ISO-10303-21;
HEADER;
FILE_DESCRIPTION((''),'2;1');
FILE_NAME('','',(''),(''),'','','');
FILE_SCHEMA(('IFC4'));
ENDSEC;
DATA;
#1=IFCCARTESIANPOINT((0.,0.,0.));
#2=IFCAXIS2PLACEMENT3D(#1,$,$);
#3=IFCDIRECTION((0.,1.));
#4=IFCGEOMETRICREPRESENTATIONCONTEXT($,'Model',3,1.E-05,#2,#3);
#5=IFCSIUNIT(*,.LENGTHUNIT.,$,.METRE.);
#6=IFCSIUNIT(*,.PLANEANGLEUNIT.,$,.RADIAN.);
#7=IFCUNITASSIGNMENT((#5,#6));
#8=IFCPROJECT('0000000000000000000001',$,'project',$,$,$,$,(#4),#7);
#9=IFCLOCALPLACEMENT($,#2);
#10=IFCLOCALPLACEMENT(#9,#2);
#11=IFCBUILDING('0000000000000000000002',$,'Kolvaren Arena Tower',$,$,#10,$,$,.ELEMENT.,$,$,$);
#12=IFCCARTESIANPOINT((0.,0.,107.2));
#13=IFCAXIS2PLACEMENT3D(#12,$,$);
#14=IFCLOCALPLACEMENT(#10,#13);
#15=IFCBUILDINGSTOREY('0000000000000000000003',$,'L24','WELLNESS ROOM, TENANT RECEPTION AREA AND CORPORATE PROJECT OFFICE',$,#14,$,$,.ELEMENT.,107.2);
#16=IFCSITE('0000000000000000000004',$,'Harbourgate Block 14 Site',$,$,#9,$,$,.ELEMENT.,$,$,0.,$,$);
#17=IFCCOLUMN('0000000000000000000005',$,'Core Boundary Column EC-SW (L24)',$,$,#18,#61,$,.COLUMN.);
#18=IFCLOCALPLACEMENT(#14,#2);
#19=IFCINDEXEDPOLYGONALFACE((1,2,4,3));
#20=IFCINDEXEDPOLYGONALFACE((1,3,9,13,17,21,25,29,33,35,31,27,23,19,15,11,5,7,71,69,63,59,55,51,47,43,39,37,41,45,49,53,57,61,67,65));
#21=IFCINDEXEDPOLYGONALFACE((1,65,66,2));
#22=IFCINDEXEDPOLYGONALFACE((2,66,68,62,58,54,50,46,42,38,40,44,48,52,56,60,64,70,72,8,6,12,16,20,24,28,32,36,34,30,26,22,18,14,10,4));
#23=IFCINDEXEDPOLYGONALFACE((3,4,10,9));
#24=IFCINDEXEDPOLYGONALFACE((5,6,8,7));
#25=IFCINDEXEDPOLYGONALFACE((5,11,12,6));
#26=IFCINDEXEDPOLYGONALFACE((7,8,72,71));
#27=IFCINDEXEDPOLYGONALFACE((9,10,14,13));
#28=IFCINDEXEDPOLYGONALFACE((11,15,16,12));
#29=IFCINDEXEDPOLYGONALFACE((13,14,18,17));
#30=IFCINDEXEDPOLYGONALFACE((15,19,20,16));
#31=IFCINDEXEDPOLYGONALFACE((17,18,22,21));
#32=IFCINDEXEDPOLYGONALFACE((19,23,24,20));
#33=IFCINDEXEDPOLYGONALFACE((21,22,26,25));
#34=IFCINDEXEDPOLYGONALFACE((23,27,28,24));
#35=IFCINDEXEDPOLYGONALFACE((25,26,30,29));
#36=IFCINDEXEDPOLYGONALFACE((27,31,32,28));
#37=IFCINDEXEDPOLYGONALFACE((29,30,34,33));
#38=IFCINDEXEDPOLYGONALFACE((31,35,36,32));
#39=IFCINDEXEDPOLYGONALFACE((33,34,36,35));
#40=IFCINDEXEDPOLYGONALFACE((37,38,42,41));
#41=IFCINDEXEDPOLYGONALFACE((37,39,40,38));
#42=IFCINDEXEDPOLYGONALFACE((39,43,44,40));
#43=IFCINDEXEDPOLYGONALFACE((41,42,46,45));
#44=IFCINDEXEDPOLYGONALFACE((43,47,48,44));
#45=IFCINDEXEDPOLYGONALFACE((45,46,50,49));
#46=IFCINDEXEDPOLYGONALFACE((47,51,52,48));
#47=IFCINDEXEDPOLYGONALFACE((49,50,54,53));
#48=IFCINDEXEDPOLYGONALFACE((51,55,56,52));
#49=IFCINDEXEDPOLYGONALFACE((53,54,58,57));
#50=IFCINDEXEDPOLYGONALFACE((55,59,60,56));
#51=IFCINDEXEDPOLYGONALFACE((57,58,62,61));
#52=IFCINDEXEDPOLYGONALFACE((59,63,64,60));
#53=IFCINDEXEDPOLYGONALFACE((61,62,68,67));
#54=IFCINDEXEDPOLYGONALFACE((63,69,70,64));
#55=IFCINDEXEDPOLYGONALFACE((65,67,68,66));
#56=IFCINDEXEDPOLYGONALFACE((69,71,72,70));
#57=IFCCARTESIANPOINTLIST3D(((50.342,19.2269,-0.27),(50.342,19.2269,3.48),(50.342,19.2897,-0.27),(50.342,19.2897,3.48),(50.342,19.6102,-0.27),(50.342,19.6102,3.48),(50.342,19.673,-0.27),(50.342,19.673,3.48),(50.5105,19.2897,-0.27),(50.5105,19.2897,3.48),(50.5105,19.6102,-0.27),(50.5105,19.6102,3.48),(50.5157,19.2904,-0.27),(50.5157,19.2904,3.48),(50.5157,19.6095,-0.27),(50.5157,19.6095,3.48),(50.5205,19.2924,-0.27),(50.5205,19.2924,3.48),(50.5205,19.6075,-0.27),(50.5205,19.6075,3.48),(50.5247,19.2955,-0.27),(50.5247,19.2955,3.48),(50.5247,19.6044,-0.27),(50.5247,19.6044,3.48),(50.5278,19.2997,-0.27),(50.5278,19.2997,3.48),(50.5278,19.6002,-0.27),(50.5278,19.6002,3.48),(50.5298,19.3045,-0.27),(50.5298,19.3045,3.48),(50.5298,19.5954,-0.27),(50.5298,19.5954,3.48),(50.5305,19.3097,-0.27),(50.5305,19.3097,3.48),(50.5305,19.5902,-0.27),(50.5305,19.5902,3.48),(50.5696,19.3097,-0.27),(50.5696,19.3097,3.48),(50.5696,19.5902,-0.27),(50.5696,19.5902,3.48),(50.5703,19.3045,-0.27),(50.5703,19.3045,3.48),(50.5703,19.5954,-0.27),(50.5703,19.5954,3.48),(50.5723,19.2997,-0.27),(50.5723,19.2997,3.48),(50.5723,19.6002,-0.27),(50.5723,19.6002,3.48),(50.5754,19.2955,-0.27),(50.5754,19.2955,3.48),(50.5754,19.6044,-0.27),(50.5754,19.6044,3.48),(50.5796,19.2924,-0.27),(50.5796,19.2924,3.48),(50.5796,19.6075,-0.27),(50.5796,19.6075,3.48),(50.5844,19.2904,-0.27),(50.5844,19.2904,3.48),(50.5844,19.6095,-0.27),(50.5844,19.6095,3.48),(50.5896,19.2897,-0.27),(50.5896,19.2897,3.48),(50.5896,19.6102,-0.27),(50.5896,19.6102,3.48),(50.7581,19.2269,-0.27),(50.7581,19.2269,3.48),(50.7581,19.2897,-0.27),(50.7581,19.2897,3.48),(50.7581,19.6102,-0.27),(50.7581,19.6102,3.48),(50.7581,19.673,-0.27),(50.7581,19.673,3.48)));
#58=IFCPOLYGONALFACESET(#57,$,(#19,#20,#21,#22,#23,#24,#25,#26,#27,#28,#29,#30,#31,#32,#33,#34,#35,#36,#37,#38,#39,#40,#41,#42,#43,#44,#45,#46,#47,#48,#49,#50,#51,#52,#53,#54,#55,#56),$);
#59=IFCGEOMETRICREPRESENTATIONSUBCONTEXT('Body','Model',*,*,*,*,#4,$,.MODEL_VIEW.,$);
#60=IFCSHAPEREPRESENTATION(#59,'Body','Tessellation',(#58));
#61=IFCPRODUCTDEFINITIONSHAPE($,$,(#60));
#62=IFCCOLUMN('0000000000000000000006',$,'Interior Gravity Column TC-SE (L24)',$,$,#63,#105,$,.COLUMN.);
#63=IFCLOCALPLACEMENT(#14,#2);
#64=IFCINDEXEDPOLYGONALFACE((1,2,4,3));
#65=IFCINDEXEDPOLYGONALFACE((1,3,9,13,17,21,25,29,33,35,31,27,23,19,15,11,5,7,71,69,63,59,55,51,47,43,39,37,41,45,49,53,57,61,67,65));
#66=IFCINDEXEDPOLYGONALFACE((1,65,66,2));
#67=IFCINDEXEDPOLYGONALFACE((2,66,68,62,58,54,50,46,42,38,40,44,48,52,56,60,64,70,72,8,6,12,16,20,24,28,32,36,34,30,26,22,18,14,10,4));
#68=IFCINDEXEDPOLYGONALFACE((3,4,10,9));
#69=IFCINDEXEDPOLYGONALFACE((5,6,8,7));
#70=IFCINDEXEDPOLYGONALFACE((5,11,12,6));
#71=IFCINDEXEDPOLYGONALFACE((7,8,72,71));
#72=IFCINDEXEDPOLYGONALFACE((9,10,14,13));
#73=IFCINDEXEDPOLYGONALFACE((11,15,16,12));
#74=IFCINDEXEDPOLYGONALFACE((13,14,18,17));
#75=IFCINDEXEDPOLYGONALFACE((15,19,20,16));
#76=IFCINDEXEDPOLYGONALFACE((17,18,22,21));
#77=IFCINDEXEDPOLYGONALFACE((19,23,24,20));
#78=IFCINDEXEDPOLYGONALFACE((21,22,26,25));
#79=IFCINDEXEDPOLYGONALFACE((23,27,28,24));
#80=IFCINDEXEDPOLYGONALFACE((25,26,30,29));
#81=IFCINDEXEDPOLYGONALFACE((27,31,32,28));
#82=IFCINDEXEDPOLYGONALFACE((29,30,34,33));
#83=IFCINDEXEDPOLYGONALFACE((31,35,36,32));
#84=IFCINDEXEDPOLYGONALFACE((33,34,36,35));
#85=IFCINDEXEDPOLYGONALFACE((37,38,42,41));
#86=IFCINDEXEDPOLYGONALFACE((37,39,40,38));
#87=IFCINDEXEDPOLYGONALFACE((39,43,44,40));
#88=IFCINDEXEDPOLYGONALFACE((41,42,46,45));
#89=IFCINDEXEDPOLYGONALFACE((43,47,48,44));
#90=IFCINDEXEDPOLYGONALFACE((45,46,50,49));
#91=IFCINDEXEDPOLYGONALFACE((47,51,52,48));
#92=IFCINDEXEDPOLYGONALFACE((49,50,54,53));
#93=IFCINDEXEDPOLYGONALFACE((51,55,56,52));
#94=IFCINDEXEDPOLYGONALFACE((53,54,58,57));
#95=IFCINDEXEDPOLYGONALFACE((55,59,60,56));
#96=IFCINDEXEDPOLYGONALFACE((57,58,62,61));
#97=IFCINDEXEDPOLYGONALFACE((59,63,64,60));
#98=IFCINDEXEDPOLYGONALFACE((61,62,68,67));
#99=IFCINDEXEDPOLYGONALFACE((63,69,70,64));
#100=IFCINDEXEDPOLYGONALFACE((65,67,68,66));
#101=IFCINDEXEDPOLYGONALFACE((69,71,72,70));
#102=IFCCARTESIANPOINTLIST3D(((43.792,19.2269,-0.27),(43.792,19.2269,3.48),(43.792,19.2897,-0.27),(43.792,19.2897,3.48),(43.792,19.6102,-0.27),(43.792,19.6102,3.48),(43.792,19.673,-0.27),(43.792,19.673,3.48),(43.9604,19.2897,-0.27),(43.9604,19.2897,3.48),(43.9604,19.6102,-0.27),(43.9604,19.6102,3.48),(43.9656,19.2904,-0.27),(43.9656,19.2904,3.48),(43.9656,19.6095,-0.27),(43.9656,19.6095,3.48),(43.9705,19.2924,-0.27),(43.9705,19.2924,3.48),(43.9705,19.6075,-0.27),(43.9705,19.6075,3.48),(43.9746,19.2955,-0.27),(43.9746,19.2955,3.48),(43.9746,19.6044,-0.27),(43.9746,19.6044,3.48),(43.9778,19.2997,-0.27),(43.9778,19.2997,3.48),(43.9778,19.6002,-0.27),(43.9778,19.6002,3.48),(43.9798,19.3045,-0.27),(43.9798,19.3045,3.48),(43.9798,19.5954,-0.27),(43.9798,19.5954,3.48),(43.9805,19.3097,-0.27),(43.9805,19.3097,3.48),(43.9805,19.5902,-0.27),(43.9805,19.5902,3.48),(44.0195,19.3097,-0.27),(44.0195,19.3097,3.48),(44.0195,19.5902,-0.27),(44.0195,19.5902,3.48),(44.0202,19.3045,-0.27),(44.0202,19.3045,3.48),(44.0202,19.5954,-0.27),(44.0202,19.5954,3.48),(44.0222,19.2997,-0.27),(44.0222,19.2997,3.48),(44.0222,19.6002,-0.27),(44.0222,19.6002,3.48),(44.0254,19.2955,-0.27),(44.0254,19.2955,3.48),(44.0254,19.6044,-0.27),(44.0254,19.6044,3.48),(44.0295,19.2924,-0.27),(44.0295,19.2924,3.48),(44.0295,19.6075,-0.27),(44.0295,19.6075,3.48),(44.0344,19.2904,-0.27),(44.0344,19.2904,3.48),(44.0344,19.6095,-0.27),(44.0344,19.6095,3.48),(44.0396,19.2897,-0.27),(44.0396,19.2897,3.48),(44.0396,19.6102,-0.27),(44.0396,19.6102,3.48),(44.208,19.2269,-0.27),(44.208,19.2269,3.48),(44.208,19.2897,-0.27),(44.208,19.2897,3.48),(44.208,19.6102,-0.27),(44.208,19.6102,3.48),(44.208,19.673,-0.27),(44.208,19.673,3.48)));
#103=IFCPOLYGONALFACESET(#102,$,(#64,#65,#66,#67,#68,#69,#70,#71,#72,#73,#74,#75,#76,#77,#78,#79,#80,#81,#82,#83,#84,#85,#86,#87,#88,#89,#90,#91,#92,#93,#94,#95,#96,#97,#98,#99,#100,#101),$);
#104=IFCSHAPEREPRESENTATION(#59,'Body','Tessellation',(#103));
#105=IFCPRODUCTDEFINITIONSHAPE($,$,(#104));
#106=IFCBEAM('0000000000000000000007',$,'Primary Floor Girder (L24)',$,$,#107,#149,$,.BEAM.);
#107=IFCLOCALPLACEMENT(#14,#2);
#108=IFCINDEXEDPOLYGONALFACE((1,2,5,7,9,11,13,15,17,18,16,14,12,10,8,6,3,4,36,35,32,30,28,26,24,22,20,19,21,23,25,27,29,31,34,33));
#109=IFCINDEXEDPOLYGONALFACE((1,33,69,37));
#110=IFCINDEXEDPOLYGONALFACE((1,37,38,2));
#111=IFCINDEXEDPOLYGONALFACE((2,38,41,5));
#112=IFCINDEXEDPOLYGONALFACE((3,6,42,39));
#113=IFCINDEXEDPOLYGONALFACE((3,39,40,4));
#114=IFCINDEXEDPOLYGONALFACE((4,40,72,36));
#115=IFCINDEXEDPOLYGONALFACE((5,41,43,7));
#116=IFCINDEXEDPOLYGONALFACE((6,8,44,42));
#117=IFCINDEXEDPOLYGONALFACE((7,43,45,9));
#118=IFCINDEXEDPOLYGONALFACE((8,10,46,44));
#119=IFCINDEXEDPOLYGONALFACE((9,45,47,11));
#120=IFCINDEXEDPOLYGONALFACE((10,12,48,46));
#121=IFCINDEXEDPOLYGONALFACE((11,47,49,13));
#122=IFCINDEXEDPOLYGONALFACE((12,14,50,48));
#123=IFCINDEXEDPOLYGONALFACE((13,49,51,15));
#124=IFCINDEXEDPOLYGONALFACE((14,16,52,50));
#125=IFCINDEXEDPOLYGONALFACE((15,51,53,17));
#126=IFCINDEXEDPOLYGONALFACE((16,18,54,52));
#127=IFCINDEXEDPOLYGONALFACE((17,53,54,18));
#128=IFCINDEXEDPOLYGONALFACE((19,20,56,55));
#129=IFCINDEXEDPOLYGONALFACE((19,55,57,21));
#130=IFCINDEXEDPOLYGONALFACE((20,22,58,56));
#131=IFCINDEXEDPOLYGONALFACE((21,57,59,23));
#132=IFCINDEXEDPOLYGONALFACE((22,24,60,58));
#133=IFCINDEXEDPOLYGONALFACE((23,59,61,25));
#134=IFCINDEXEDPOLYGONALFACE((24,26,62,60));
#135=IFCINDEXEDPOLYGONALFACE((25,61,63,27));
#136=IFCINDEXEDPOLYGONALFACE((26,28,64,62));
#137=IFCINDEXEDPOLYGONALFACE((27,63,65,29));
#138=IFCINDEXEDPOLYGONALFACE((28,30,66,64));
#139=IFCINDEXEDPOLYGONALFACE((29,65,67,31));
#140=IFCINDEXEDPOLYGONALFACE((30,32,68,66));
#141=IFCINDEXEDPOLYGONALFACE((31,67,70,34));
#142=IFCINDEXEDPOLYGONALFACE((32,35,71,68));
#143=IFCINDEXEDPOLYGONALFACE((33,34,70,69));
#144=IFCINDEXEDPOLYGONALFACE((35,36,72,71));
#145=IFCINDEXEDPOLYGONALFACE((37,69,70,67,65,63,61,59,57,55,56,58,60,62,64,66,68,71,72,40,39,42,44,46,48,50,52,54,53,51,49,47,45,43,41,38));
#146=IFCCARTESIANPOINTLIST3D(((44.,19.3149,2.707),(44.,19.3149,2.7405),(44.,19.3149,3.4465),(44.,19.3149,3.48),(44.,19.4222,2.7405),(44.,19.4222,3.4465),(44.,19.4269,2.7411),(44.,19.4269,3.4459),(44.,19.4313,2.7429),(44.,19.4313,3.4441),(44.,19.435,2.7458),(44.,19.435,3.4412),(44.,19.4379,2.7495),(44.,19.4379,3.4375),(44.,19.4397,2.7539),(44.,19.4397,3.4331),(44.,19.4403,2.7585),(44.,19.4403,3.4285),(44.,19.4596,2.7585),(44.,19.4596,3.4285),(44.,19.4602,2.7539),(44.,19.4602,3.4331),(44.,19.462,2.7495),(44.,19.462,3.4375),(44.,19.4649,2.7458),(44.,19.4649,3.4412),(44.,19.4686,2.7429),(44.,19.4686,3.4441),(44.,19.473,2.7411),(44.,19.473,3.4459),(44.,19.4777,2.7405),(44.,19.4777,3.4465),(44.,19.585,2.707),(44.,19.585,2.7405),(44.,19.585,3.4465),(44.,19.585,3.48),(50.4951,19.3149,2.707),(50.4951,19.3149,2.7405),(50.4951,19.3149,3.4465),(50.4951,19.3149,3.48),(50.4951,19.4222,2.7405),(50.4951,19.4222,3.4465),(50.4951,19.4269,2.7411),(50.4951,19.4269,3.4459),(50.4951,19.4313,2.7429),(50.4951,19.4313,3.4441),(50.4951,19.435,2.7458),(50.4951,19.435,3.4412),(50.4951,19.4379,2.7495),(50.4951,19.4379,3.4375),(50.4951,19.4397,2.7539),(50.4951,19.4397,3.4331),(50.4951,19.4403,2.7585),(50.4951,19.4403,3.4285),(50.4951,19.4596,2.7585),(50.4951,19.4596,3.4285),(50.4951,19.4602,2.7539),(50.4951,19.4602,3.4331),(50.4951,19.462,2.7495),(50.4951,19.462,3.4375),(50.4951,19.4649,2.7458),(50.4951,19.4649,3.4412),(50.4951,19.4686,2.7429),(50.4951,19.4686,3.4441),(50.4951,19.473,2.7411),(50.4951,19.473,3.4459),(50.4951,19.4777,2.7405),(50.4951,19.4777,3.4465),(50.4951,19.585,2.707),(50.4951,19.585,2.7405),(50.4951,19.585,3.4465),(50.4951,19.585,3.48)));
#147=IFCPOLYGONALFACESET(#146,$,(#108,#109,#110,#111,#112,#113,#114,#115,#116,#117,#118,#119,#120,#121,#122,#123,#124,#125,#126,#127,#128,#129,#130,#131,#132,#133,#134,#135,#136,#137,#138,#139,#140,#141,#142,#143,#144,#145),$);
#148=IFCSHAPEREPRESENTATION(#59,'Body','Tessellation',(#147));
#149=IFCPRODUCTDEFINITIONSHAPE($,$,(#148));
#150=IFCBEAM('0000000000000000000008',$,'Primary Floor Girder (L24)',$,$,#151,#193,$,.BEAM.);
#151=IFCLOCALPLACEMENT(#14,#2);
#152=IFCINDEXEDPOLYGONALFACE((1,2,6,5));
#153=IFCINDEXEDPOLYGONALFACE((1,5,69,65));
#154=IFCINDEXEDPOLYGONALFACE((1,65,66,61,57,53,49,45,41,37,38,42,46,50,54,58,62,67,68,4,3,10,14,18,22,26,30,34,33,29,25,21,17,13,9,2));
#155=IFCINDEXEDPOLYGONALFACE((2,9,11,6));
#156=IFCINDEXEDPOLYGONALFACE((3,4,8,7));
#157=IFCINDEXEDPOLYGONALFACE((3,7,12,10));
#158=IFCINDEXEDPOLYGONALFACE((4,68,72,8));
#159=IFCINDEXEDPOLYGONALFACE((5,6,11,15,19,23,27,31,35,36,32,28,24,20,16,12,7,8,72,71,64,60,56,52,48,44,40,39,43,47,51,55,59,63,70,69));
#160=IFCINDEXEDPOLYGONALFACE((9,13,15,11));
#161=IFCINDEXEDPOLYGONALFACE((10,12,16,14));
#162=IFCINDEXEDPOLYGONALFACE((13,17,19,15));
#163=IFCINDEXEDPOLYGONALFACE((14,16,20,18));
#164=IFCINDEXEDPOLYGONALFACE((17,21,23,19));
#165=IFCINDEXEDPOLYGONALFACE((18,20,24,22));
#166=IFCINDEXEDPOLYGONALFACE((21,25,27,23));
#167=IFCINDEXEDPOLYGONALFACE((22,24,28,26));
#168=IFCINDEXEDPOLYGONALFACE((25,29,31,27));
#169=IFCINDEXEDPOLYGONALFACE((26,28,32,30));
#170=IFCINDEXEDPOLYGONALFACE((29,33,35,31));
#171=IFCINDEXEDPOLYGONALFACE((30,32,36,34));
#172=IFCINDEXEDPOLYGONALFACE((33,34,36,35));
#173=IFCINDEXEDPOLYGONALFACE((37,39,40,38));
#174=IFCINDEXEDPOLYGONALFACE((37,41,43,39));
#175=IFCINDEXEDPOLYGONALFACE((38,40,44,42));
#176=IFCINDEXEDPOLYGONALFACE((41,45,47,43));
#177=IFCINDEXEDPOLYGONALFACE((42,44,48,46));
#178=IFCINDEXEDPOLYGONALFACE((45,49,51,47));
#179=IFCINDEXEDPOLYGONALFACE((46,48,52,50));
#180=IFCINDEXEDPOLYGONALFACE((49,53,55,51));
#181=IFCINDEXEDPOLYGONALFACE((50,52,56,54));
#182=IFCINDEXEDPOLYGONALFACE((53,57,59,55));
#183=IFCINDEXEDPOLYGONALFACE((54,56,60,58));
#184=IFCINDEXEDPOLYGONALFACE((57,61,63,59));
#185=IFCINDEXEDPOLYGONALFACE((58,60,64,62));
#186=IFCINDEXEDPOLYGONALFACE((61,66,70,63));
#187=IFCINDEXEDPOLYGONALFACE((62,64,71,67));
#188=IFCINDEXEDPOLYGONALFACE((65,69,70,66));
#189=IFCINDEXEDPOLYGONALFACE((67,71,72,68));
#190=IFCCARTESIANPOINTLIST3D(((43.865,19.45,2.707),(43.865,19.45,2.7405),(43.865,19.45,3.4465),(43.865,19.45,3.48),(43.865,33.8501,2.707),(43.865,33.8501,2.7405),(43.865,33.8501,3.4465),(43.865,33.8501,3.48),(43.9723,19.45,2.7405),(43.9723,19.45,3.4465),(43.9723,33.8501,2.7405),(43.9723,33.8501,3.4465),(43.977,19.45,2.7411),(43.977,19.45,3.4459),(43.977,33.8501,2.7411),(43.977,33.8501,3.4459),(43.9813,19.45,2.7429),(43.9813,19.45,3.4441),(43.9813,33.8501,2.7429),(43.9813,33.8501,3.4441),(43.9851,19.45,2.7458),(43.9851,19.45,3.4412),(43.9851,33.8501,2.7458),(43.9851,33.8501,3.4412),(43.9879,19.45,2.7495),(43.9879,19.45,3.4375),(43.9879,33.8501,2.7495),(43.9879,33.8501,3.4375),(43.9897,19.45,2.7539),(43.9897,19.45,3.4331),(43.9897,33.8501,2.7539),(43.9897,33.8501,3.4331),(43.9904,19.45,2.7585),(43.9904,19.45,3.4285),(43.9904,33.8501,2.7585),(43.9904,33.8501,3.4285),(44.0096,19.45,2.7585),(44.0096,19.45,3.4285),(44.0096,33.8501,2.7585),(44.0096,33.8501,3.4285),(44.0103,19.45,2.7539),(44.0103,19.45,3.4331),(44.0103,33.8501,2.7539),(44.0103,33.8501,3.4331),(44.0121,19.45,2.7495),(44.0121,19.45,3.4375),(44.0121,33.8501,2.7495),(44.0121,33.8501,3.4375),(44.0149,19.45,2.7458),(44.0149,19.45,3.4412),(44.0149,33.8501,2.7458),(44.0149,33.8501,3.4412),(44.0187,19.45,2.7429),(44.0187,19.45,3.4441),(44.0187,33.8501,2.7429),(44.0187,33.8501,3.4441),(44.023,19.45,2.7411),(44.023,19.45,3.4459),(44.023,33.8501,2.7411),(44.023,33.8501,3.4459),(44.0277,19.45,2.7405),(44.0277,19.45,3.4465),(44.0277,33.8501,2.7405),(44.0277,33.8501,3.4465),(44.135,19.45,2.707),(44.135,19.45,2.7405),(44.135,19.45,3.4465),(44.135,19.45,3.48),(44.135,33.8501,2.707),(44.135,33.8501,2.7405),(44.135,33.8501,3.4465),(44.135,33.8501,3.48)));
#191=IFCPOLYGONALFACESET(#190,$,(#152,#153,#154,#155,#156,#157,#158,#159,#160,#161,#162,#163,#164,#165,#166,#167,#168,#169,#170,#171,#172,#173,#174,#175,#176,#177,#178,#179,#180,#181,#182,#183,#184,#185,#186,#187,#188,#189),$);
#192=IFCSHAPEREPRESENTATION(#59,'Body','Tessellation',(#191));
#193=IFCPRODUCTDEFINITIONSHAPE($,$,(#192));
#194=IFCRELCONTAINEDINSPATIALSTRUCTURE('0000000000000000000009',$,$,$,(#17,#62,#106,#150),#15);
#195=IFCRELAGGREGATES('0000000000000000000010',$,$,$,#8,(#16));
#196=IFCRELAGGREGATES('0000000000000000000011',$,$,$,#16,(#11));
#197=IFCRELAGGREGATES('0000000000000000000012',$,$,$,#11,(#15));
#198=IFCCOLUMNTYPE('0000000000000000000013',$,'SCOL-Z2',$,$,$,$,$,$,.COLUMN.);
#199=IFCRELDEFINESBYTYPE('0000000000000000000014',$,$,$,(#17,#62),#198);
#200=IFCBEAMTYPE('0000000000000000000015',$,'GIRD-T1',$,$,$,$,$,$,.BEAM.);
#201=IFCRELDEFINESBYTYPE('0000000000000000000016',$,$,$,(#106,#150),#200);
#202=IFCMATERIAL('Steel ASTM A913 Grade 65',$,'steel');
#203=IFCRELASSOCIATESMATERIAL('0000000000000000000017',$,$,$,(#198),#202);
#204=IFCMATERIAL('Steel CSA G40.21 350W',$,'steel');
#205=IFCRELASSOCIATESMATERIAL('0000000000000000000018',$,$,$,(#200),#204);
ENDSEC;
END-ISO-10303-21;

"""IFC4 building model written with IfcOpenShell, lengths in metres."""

from ifc_helpers import new_model, si_unit, direction, frame, origin, origin_2d, place, context, subcontext, project, spatial, i_section, extrude, material, material_profile, profile_set, type_object, element, save


model = new_model("IFC4")

# Units and contexts
model_context = context("Model", 3, precision=1e-05, world=origin(), true_north=direction((0.0, 1.0)))
body_context = subcontext(model_context, "Body", "Model", "MODEL_VIEW")
ifc_project = project(units=[si_unit("LENGTHUNIT", "METRE"), si_unit("PLANEANGLEUNIT", "RADIAN")], contexts=[model_context])

# Site, building, storey
site_placement = place(None, origin())
site = spatial("IfcSite", under=ifc_project, at=site_placement, Name="Harbourgate Block 14 Site", CompositionType="ELEMENT", RefElevation=0.0)
building_placement = place(site_placement, origin())
building = spatial("IfcBuilding", under=site, at=building_placement, Name="Kolvaren Arena Tower", CompositionType="ELEMENT")
storey_placement = place(building_placement, frame((0.0, 0.0, 107.2)))
storey = spatial("IfcBuildingStorey", under=building, at=storey_placement, Name="L24", Description="WELLNESS ROOM, TENANT RECEPTION AREA AND CORPORATE PROJECT OFFICE", CompositionType="ELEMENT", Elevation=107.2)

# Columns
ifc_material_1 = material(Name="Steel ASTM A913 Grade 65", Category="steel")
ifc_material_profile_1 = material_profile(ifc_material_1, i_section(OverallWidth=0.416, OverallDepth=0.446, WebThickness=0.0391, FlangeThickness=0.0627, FilletRadius=0.02, at=origin_2d()), Name="W360x509")
ifc_profile_set_1 = profile_set([ifc_material_profile_1], Name="Steel ASTM A913 Grade 65")
column_type = type_object("IfcColumnType", Name="SCOL-Z2", PredefinedType="COLUMN", material=ifc_profile_set_1)
for number, where, z_axis, x_axis, name in (
    (1, (50.55, 19.45, -0.27), (0.0, 0.0, 1.0), (1.0, 0.0, 0.0), "Core Boundary Column EC-SW (L24)"),
    (2, (44.0, 19.45, -0.27), (0.0, 0.0, 1.0), (1.0, 0.0, 0.0), "Interior Gravity Column TC-SE (L24)"),
):
    element("IfcColumn", number, at=place(storey_placement, frame(where, z_axis=z_axis, x_axis=x_axis)), inside=storey, type_object=column_type, Name=name, PredefinedType="COLUMN", context=body_context, shape_type="SweptSolid", body=[
        extrude(i_section(OverallWidth=0.416, OverallDepth=0.446, WebThickness=0.0391, FlangeThickness=0.0627, FilletRadius=0.02, at=origin_2d()), origin(), (0.0, 0.0, 1.0), 3.75),
    ])

# Beams
ifc_material_2 = material(Name="Steel CSA G40.21 350W", Category="steel")
ifc_material_profile_2 = material_profile(ifc_material_2, i_section(OverallWidth=0.27, OverallDepth=0.7729, WebThickness=0.0193, FlangeThickness=0.0334, FilletRadius=0.0181, at=origin_2d()), Name="W760x257")
ifc_profile_set_2 = profile_set([ifc_material_profile_2], Name="Steel CSA G40.21 350W")
beam_type_1 = type_object("IfcBeamType", Name="GIRD-T1", PredefinedType="BEAM", material=ifc_profile_set_2)
beam_1_placement = place(storey_placement, frame((44.0, 19.45, 3.0935), z_axis=(1.0, 0.0, 0.0), x_axis=(0.0, 1.0, 0.0)))
element("IfcBeam", 3, at=beam_1_placement, inside=storey, type_object=beam_type_1, Name="Primary Floor Girder (L24)", PredefinedType="BEAM", context=body_context, shape_type="SweptSolid", body=[
    extrude(i_section(OverallWidth=0.27, OverallDepth=0.7729, WebThickness=0.0193, FlangeThickness=0.0334, FilletRadius=0.0181, at=origin_2d()), origin(), (0.0, 0.0, 1.0), 6.4951),
])
beam_2_placement = place(storey_placement, frame((44.0, 19.45, 3.0935), z_axis=(0.0, 1.0, 0.0), x_axis=(-1.0, 0.0, 0.0)))
element("IfcBeam", 4, at=beam_2_placement, inside=storey, type_object=beam_type_1, Name="Primary Floor Girder (L24)", PredefinedType="BEAM", context=body_context, shape_type="SweptSolid", body=[
    extrude(i_section(OverallWidth=0.27, OverallDepth=0.7729, WebThickness=0.0193, FlangeThickness=0.0334, FilletRadius=0.0181, at=origin_2d()), origin(), (0.0, 0.0, 1.0), 14.4001),
])

save(model, "model.ifc")
